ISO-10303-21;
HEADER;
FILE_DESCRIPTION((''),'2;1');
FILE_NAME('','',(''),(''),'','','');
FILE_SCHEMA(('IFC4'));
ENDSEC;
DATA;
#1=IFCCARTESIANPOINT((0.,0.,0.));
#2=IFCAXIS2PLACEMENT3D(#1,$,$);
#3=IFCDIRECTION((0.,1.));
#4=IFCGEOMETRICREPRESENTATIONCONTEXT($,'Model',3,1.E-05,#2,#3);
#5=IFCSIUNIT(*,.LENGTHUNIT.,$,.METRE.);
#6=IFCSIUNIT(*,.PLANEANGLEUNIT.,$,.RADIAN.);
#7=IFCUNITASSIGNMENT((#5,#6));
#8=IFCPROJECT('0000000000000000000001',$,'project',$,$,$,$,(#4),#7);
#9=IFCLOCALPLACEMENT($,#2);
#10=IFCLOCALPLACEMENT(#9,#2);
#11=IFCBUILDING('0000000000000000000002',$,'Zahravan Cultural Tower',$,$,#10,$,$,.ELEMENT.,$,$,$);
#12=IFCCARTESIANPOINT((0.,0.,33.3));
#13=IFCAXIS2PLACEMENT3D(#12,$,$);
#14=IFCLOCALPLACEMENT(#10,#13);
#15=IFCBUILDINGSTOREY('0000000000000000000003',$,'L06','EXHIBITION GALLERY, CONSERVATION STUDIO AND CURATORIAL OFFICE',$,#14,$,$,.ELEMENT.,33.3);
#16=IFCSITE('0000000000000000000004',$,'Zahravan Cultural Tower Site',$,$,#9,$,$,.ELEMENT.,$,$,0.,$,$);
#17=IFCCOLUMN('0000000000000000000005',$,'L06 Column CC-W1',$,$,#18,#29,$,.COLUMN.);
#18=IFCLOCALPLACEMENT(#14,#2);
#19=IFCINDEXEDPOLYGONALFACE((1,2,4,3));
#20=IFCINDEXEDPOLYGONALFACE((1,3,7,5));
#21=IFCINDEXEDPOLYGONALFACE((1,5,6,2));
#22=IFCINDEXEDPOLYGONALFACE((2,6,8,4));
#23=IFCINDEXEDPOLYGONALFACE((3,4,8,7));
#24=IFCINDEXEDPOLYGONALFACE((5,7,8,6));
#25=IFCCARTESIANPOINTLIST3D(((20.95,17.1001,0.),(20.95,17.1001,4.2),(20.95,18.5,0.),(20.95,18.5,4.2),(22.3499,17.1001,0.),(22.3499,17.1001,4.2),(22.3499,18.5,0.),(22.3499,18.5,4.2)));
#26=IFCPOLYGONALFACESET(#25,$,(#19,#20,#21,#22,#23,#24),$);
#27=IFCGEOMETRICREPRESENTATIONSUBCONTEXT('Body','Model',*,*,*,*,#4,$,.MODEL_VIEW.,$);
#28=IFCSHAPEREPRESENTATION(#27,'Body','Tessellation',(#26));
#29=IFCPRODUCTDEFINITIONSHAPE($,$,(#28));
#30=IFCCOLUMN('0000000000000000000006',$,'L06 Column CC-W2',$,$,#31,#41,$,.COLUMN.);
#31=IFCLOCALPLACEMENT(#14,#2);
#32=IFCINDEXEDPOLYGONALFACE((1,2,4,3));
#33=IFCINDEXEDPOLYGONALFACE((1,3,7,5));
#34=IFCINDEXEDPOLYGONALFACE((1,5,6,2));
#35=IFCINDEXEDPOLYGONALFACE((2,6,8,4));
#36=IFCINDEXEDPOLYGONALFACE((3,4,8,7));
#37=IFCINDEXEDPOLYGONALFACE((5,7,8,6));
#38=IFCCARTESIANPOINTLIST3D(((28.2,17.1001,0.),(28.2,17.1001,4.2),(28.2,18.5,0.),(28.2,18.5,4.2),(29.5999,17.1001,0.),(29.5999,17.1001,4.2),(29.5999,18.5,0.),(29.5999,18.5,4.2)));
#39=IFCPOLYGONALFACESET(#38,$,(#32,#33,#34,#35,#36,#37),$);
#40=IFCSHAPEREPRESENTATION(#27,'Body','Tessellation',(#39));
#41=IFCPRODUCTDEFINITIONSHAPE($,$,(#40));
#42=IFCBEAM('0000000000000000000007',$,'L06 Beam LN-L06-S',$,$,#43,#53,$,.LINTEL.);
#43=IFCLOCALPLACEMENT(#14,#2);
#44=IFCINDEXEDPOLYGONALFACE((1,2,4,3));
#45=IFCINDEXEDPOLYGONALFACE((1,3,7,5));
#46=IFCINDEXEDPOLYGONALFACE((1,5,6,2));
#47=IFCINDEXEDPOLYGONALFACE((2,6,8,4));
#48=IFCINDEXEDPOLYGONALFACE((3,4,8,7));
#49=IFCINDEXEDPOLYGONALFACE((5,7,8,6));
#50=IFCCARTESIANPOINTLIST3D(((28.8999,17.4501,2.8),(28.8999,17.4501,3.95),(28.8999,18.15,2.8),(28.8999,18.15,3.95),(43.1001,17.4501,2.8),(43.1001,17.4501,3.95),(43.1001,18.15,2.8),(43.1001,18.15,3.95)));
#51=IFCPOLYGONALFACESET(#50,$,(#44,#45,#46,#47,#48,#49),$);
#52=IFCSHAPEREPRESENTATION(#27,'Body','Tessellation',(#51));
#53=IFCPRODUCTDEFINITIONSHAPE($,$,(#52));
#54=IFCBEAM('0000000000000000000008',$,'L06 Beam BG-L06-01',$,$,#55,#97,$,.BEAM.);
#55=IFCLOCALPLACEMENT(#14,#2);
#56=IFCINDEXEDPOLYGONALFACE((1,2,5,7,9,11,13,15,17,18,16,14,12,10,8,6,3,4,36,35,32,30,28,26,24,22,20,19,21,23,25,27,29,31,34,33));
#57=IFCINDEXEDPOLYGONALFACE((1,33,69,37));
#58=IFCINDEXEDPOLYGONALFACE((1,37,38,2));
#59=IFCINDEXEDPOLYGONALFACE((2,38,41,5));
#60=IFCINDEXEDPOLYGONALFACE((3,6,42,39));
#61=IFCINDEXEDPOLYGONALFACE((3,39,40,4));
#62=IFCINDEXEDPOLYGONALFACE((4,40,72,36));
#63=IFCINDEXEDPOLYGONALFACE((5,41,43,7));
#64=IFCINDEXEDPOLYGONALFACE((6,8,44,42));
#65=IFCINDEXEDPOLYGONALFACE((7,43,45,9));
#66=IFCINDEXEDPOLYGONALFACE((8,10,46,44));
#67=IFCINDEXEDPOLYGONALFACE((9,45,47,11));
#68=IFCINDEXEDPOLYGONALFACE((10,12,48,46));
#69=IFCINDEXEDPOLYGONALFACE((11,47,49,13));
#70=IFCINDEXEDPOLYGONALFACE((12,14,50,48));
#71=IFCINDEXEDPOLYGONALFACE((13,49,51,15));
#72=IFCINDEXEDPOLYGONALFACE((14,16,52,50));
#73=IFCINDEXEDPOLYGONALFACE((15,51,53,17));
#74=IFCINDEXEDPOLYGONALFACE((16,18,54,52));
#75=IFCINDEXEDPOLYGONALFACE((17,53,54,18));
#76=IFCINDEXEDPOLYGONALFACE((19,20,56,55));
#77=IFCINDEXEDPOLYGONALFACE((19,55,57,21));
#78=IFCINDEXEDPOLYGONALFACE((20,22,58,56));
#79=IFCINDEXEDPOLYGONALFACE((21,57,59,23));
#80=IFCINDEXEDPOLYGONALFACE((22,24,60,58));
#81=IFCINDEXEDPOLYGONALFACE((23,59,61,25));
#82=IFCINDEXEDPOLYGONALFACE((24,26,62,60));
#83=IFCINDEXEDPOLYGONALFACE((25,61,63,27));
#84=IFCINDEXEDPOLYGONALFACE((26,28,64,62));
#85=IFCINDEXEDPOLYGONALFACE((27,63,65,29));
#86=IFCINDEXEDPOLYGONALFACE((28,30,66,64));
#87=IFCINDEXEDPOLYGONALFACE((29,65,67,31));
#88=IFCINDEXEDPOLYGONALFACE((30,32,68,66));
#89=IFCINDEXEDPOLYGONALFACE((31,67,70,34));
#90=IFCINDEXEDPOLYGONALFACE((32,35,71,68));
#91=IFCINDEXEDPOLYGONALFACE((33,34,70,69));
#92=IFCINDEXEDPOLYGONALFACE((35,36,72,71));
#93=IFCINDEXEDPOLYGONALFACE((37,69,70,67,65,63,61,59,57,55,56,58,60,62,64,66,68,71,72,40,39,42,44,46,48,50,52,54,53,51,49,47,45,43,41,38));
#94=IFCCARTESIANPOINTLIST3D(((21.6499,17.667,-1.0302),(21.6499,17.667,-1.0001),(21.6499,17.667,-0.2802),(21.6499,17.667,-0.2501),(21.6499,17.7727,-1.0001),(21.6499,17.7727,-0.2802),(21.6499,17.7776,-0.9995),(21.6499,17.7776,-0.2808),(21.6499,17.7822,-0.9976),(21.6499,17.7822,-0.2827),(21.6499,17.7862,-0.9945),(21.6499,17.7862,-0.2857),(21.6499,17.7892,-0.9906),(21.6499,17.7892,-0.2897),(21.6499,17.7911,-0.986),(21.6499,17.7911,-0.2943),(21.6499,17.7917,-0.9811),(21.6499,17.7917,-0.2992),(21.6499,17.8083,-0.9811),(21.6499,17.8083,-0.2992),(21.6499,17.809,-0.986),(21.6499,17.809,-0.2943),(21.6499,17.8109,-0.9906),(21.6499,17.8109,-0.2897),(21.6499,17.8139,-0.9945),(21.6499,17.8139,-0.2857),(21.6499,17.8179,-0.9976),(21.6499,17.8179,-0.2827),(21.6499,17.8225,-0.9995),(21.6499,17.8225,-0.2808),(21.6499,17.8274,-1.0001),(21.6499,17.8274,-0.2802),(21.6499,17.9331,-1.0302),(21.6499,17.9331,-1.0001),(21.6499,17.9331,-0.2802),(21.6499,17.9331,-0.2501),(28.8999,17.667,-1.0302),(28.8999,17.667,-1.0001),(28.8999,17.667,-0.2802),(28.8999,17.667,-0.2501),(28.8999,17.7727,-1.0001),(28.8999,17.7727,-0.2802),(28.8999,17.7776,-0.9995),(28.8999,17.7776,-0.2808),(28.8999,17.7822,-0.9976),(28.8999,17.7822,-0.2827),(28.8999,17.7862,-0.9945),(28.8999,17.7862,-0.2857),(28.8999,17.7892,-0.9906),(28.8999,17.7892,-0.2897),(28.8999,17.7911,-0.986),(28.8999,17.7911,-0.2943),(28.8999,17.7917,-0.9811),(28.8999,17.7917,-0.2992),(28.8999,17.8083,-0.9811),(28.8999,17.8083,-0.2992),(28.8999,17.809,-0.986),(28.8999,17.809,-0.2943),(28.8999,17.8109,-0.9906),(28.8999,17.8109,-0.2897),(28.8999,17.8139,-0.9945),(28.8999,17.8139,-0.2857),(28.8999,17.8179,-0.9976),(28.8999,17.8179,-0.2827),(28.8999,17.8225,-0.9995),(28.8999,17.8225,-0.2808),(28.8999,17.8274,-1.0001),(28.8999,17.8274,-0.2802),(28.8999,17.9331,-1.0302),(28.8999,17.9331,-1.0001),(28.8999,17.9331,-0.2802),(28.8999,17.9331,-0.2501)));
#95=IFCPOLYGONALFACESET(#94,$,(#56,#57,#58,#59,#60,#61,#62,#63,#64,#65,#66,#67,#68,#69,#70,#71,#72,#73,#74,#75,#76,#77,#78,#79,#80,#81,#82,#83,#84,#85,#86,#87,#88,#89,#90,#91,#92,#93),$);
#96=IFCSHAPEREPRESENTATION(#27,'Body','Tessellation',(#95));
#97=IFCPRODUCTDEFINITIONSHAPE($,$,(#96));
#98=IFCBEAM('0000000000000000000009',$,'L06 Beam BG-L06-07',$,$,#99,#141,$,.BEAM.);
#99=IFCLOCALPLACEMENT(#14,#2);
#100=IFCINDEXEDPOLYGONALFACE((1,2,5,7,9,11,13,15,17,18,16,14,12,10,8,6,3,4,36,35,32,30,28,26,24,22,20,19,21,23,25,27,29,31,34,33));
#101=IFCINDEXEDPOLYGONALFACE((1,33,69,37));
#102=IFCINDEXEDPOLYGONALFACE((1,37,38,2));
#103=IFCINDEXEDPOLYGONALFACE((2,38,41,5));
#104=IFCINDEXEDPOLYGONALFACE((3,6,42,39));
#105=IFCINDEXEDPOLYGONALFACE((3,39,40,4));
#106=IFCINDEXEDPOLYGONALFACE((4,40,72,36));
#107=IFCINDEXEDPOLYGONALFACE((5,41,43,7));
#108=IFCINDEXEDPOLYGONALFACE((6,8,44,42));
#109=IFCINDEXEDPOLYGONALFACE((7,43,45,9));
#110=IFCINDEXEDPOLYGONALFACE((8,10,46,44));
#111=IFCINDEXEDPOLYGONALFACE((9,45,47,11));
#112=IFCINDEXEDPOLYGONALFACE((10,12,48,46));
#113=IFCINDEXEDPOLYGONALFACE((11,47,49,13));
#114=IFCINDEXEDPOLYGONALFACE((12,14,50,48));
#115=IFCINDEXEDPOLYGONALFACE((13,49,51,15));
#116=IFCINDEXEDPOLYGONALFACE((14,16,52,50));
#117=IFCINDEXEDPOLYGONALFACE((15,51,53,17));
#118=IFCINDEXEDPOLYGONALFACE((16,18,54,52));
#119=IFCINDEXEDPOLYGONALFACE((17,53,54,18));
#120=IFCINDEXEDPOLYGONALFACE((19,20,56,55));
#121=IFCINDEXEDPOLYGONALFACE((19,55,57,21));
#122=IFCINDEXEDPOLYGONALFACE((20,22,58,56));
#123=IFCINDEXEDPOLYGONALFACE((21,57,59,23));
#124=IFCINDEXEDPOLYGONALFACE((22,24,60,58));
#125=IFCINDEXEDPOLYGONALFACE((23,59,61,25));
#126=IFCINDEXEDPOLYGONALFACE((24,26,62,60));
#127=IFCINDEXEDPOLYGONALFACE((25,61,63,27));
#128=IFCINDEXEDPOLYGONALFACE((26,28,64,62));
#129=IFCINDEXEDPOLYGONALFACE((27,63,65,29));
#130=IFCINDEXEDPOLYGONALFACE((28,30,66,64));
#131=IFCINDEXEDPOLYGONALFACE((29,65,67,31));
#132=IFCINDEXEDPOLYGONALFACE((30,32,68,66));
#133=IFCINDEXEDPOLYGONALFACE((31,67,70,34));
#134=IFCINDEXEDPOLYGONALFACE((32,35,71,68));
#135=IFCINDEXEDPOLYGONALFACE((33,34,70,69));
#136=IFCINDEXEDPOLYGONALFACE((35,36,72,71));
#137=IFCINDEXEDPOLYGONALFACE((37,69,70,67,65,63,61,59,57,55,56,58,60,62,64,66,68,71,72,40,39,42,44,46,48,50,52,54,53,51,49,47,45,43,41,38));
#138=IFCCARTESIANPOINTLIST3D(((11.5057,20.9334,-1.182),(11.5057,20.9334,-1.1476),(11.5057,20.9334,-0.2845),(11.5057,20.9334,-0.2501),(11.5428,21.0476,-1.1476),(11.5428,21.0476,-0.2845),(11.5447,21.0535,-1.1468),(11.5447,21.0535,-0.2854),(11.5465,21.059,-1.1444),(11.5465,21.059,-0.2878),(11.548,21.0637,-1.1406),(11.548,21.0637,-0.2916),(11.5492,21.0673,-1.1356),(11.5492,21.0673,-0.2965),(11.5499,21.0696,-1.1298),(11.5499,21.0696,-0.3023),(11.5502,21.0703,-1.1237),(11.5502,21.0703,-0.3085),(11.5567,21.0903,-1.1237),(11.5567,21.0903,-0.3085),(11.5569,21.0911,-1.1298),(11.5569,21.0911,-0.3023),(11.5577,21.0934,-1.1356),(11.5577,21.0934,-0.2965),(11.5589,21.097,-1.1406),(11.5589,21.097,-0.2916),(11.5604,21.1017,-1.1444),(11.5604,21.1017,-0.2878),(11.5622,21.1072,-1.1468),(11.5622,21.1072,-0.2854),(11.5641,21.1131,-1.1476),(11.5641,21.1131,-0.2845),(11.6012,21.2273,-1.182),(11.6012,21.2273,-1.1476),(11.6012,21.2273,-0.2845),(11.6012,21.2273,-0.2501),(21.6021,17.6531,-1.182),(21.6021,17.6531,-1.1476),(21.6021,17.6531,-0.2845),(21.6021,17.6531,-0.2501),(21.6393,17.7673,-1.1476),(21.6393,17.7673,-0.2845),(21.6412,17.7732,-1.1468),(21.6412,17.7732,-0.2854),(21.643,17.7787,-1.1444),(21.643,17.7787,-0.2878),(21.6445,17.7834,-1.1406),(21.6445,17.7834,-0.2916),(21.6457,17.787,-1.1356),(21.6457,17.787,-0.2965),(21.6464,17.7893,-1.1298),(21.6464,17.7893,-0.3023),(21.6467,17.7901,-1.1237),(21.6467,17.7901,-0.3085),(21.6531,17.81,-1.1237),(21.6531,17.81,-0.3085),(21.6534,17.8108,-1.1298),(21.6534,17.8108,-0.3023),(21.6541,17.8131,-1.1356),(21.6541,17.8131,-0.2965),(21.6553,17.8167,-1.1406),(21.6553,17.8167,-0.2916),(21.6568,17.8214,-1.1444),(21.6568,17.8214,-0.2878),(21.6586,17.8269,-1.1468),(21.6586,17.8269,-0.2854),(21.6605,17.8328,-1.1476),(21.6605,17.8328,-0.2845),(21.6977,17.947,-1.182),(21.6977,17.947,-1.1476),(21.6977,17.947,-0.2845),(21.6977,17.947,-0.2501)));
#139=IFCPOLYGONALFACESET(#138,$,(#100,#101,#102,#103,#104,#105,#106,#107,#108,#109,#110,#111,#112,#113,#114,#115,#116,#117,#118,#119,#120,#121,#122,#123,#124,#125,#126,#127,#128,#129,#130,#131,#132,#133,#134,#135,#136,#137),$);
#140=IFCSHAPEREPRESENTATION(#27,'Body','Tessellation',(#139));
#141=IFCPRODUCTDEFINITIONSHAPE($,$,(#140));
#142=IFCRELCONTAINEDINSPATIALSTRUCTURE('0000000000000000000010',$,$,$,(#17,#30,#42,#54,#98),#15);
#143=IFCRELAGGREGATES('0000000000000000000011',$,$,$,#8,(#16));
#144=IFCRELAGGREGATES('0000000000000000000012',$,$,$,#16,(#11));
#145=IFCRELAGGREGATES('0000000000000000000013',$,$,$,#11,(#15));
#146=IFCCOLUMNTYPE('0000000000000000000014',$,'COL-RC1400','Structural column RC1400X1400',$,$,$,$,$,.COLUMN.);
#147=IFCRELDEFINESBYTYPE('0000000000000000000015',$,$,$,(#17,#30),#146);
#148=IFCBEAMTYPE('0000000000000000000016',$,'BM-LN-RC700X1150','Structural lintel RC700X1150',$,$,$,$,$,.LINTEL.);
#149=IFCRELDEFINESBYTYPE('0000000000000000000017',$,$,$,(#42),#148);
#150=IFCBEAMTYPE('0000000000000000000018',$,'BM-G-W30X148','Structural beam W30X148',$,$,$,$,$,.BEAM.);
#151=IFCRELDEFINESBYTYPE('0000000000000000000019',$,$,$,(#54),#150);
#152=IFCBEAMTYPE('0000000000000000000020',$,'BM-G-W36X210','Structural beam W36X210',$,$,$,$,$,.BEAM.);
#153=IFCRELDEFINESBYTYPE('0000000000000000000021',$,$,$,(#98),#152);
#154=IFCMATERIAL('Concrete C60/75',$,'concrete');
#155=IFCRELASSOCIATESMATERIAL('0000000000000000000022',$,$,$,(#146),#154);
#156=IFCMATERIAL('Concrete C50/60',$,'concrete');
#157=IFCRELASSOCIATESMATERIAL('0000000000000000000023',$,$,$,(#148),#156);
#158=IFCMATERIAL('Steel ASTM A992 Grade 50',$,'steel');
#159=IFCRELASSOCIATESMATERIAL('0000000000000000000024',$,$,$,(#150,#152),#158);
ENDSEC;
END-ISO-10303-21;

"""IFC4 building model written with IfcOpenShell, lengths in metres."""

from ifc_helpers import new_model, si_unit, direction, frame, origin, origin_2d, place, context, subcontext, project, spatial, rectangle, i_section, extrude, source, transform, mapped, material, material_profile, profile_set, type_object, element, save


model = new_model("IFC4")

# Units and contexts
model_context = context("Model", 3, precision=1e-05, world=origin(), true_north=direction((0.0, 1.0)))
body_context = subcontext(model_context, "Body", "Model", "MODEL_VIEW")
ifc_project = project(units=[si_unit("LENGTHUNIT", "METRE"), si_unit("PLANEANGLEUNIT", "RADIAN")], contexts=[model_context])

# Site, building, storey
site_placement = place(None, origin())
site = spatial("IfcSite", under=ifc_project, at=site_placement, Name="Zahravan Cultural Tower Site", CompositionType="ELEMENT", RefElevation=0.0)
building_placement = place(site_placement, origin())
building = spatial("IfcBuilding", under=site, at=building_placement, Name="Zahravan Cultural Tower", CompositionType="ELEMENT")
storey_placement = place(building_placement, frame((0.0, 0.0, 33.3)))
storey = spatial("IfcBuildingStorey", under=building, at=storey_placement, Name="L06", Description="EXHIBITION GALLERY, CONSERVATION STUDIO AND CURATORIAL OFFICE", CompositionType="ELEMENT", Elevation=33.3)

# Columns
ifc_material_1 = material(Name="Concrete C60/75", Category="concrete")
ifc_material_profile_1 = material_profile(ifc_material_1, rectangle(XDim=1.3999, YDim=1.3999, at=origin_2d()), Name="RC1400X1400")
ifc_profile_set_1 = profile_set([ifc_material_profile_1], Name="Concrete C60/75")
column_type = type_object("IfcColumnType", Name="COL-RC1400", Description="Structural column RC1400X1400", PredefinedType="COLUMN", material=ifc_profile_set_1)
shared_shape_1 = source(origin(), body_context, "Body", "SweptSolid", [
    extrude(rectangle(XDim=1.3999, YDim=1.3999, at=origin_2d()), origin(), (0.0, 0.0, 1.0), 4.2),
])
for number, where, z_axis, x_axis, name in (
    (1, (21.6499, 17.8, 0.0), (0.0, 0.0, 1.0), (1.0, 0.0, 0.0), "L06 Column CC-W1"),
    (2, (28.8999, 17.8, 0.0), (0.0, 0.0, 1.0), (1.0, 0.0, 0.0), "L06 Column CC-W2"),
):
    element("IfcColumn", number, at=place(storey_placement, frame(where, z_axis=z_axis, x_axis=x_axis)), inside=storey, type_object=column_type, Name=name, PredefinedType="COLUMN", context=body_context, shape_type="MappedRepresentation", body=[
        mapped(shared_shape_1, transform((0.0, 0.0, 0.0), x_axis=(1.0, 0.0, 0.0), y_axis=(0.0, 1.0, 0.0), z_axis=(0.0, 0.0, 1.0), scale=1.0)),
    ])

# Beams
ifc_material_2 = material(Name="Concrete C50/60", Category="concrete")
ifc_material_profile_2 = material_profile(ifc_material_2, rectangle(XDim=0.7, YDim=1.1499, at=origin_2d()), Name="RC700X1150")
ifc_profile_set_2 = profile_set([ifc_material_profile_2], Name="Concrete C50/60")
beam_type_1 = type_object("IfcBeamType", Name="BM-LN-RC700X1150", Description="Structural lintel RC700X1150", PredefinedType="LINTEL", material=ifc_profile_set_2)
shared_shape_2 = source(origin(), body_context, "Body", "SweptSolid", [
    extrude(rectangle(XDim=0.7, YDim=1.1499, at=origin_2d()), origin(), (0.0, 0.0, 1.0), 14.2002),
])
beam_1_placement = place(storey_placement, frame((28.8999, 17.8, 3.375), z_axis=(1.0, 0.0, 0.0), x_axis=(0.0, 1.0, 0.0)))
element("IfcBeam", 3, at=beam_1_placement, inside=storey, type_object=beam_type_1, Name="L06 Beam LN-L06-S", PredefinedType="LINTEL", context=body_context, shape_type="MappedRepresentation", body=[
    mapped(shared_shape_2, transform((0.0, 0.0, 0.0), x_axis=(1.0, 0.0, 0.0), y_axis=(0.0, 1.0, 0.0), z_axis=(0.0, 0.0, 1.0), scale=1.0)),
])
ifc_material_3 = material(Name="Steel ASTM A992 Grade 50", Category="steel")
ifc_material_profile_3 = material_profile(ifc_material_3, i_section(OverallWidth=0.2661, OverallDepth=0.78, WebThickness=0.0166, FlangeThickness=0.03, FilletRadius=0.019, at=origin_2d()), Name="W30X148")
ifc_profile_set_3 = profile_set([ifc_material_profile_3], Name="Steel ASTM A992 Grade 50")
beam_type_2 = type_object("IfcBeamType", Name="BM-G-W30X148", Description="Structural beam W30X148", PredefinedType="BEAM", material=ifc_profile_set_3)
shared_shape_3 = source(origin(), body_context, "Body", "SweptSolid", [
    extrude(i_section(OverallWidth=0.2661, OverallDepth=0.78, WebThickness=0.0166, FlangeThickness=0.03, FilletRadius=0.019, at=origin_2d()), origin(), (0.0, 0.0, 1.0), 7.25),
])
beam_2_placement = place(storey_placement, frame((21.6499, 17.8, -0.6401), z_axis=(1.0, 0.0, 0.0), x_axis=(0.0, 1.0, 0.0)))
element("IfcBeam", 4, at=beam_2_placement, inside=storey, type_object=beam_type_2, Name="L06 Beam BG-L06-01", PredefinedType="BEAM", context=body_context, shape_type="MappedRepresentation", body=[
    mapped(shared_shape_3, transform((0.0, 0.0, 0.0), x_axis=(1.0, 0.0, 0.0), y_axis=(0.0, 1.0, 0.0), z_axis=(0.0, 0.0, 1.0), scale=1.0)),
])
ifc_material_profile_4 = material_profile(ifc_material_3, i_section(OverallWidth=0.3091, OverallDepth=0.9319, WebThickness=0.021, FlangeThickness=0.0344, FilletRadius=0.0239, at=origin_2d()), Name="W36X210")
ifc_profile_set_4 = profile_set([ifc_material_profile_4], Name="Steel ASTM A992 Grade 50")
beam_type_3 = type_object("IfcBeamType", Name="BM-G-W36X210", Description="Structural beam W36X210", PredefinedType="BEAM", material=ifc_profile_set_4)
shared_shape_4 = source(origin(), body_context, "Body", "SweptSolid", [
    extrude(i_section(OverallWidth=0.3091, OverallDepth=0.9319, WebThickness=0.021, FlangeThickness=0.0344, FilletRadius=0.0239, at=origin_2d()), origin(), (0.0, 0.0, 1.0), 10.616),
])
beam_3_placement = place(storey_placement, frame((21.6499, 17.8, -0.7161), z_axis=(-0.951064, 0.308995, 0.0), x_axis=(-0.308995, -0.951064, 0.0)))
element("IfcBeam", 5, at=beam_3_placement, inside=storey, type_object=beam_type_3, Name="L06 Beam BG-L06-07", PredefinedType="BEAM", context=body_context, shape_type="MappedRepresentation", body=[
    mapped(shared_shape_4, transform((0.0, 0.0, 0.0), x_axis=(1.0, 0.0, 0.0), y_axis=(0.0, 1.0, 0.0), z_axis=(0.0, 0.0, 1.0), scale=1.0)),
])

save(model, "model.ifc")
